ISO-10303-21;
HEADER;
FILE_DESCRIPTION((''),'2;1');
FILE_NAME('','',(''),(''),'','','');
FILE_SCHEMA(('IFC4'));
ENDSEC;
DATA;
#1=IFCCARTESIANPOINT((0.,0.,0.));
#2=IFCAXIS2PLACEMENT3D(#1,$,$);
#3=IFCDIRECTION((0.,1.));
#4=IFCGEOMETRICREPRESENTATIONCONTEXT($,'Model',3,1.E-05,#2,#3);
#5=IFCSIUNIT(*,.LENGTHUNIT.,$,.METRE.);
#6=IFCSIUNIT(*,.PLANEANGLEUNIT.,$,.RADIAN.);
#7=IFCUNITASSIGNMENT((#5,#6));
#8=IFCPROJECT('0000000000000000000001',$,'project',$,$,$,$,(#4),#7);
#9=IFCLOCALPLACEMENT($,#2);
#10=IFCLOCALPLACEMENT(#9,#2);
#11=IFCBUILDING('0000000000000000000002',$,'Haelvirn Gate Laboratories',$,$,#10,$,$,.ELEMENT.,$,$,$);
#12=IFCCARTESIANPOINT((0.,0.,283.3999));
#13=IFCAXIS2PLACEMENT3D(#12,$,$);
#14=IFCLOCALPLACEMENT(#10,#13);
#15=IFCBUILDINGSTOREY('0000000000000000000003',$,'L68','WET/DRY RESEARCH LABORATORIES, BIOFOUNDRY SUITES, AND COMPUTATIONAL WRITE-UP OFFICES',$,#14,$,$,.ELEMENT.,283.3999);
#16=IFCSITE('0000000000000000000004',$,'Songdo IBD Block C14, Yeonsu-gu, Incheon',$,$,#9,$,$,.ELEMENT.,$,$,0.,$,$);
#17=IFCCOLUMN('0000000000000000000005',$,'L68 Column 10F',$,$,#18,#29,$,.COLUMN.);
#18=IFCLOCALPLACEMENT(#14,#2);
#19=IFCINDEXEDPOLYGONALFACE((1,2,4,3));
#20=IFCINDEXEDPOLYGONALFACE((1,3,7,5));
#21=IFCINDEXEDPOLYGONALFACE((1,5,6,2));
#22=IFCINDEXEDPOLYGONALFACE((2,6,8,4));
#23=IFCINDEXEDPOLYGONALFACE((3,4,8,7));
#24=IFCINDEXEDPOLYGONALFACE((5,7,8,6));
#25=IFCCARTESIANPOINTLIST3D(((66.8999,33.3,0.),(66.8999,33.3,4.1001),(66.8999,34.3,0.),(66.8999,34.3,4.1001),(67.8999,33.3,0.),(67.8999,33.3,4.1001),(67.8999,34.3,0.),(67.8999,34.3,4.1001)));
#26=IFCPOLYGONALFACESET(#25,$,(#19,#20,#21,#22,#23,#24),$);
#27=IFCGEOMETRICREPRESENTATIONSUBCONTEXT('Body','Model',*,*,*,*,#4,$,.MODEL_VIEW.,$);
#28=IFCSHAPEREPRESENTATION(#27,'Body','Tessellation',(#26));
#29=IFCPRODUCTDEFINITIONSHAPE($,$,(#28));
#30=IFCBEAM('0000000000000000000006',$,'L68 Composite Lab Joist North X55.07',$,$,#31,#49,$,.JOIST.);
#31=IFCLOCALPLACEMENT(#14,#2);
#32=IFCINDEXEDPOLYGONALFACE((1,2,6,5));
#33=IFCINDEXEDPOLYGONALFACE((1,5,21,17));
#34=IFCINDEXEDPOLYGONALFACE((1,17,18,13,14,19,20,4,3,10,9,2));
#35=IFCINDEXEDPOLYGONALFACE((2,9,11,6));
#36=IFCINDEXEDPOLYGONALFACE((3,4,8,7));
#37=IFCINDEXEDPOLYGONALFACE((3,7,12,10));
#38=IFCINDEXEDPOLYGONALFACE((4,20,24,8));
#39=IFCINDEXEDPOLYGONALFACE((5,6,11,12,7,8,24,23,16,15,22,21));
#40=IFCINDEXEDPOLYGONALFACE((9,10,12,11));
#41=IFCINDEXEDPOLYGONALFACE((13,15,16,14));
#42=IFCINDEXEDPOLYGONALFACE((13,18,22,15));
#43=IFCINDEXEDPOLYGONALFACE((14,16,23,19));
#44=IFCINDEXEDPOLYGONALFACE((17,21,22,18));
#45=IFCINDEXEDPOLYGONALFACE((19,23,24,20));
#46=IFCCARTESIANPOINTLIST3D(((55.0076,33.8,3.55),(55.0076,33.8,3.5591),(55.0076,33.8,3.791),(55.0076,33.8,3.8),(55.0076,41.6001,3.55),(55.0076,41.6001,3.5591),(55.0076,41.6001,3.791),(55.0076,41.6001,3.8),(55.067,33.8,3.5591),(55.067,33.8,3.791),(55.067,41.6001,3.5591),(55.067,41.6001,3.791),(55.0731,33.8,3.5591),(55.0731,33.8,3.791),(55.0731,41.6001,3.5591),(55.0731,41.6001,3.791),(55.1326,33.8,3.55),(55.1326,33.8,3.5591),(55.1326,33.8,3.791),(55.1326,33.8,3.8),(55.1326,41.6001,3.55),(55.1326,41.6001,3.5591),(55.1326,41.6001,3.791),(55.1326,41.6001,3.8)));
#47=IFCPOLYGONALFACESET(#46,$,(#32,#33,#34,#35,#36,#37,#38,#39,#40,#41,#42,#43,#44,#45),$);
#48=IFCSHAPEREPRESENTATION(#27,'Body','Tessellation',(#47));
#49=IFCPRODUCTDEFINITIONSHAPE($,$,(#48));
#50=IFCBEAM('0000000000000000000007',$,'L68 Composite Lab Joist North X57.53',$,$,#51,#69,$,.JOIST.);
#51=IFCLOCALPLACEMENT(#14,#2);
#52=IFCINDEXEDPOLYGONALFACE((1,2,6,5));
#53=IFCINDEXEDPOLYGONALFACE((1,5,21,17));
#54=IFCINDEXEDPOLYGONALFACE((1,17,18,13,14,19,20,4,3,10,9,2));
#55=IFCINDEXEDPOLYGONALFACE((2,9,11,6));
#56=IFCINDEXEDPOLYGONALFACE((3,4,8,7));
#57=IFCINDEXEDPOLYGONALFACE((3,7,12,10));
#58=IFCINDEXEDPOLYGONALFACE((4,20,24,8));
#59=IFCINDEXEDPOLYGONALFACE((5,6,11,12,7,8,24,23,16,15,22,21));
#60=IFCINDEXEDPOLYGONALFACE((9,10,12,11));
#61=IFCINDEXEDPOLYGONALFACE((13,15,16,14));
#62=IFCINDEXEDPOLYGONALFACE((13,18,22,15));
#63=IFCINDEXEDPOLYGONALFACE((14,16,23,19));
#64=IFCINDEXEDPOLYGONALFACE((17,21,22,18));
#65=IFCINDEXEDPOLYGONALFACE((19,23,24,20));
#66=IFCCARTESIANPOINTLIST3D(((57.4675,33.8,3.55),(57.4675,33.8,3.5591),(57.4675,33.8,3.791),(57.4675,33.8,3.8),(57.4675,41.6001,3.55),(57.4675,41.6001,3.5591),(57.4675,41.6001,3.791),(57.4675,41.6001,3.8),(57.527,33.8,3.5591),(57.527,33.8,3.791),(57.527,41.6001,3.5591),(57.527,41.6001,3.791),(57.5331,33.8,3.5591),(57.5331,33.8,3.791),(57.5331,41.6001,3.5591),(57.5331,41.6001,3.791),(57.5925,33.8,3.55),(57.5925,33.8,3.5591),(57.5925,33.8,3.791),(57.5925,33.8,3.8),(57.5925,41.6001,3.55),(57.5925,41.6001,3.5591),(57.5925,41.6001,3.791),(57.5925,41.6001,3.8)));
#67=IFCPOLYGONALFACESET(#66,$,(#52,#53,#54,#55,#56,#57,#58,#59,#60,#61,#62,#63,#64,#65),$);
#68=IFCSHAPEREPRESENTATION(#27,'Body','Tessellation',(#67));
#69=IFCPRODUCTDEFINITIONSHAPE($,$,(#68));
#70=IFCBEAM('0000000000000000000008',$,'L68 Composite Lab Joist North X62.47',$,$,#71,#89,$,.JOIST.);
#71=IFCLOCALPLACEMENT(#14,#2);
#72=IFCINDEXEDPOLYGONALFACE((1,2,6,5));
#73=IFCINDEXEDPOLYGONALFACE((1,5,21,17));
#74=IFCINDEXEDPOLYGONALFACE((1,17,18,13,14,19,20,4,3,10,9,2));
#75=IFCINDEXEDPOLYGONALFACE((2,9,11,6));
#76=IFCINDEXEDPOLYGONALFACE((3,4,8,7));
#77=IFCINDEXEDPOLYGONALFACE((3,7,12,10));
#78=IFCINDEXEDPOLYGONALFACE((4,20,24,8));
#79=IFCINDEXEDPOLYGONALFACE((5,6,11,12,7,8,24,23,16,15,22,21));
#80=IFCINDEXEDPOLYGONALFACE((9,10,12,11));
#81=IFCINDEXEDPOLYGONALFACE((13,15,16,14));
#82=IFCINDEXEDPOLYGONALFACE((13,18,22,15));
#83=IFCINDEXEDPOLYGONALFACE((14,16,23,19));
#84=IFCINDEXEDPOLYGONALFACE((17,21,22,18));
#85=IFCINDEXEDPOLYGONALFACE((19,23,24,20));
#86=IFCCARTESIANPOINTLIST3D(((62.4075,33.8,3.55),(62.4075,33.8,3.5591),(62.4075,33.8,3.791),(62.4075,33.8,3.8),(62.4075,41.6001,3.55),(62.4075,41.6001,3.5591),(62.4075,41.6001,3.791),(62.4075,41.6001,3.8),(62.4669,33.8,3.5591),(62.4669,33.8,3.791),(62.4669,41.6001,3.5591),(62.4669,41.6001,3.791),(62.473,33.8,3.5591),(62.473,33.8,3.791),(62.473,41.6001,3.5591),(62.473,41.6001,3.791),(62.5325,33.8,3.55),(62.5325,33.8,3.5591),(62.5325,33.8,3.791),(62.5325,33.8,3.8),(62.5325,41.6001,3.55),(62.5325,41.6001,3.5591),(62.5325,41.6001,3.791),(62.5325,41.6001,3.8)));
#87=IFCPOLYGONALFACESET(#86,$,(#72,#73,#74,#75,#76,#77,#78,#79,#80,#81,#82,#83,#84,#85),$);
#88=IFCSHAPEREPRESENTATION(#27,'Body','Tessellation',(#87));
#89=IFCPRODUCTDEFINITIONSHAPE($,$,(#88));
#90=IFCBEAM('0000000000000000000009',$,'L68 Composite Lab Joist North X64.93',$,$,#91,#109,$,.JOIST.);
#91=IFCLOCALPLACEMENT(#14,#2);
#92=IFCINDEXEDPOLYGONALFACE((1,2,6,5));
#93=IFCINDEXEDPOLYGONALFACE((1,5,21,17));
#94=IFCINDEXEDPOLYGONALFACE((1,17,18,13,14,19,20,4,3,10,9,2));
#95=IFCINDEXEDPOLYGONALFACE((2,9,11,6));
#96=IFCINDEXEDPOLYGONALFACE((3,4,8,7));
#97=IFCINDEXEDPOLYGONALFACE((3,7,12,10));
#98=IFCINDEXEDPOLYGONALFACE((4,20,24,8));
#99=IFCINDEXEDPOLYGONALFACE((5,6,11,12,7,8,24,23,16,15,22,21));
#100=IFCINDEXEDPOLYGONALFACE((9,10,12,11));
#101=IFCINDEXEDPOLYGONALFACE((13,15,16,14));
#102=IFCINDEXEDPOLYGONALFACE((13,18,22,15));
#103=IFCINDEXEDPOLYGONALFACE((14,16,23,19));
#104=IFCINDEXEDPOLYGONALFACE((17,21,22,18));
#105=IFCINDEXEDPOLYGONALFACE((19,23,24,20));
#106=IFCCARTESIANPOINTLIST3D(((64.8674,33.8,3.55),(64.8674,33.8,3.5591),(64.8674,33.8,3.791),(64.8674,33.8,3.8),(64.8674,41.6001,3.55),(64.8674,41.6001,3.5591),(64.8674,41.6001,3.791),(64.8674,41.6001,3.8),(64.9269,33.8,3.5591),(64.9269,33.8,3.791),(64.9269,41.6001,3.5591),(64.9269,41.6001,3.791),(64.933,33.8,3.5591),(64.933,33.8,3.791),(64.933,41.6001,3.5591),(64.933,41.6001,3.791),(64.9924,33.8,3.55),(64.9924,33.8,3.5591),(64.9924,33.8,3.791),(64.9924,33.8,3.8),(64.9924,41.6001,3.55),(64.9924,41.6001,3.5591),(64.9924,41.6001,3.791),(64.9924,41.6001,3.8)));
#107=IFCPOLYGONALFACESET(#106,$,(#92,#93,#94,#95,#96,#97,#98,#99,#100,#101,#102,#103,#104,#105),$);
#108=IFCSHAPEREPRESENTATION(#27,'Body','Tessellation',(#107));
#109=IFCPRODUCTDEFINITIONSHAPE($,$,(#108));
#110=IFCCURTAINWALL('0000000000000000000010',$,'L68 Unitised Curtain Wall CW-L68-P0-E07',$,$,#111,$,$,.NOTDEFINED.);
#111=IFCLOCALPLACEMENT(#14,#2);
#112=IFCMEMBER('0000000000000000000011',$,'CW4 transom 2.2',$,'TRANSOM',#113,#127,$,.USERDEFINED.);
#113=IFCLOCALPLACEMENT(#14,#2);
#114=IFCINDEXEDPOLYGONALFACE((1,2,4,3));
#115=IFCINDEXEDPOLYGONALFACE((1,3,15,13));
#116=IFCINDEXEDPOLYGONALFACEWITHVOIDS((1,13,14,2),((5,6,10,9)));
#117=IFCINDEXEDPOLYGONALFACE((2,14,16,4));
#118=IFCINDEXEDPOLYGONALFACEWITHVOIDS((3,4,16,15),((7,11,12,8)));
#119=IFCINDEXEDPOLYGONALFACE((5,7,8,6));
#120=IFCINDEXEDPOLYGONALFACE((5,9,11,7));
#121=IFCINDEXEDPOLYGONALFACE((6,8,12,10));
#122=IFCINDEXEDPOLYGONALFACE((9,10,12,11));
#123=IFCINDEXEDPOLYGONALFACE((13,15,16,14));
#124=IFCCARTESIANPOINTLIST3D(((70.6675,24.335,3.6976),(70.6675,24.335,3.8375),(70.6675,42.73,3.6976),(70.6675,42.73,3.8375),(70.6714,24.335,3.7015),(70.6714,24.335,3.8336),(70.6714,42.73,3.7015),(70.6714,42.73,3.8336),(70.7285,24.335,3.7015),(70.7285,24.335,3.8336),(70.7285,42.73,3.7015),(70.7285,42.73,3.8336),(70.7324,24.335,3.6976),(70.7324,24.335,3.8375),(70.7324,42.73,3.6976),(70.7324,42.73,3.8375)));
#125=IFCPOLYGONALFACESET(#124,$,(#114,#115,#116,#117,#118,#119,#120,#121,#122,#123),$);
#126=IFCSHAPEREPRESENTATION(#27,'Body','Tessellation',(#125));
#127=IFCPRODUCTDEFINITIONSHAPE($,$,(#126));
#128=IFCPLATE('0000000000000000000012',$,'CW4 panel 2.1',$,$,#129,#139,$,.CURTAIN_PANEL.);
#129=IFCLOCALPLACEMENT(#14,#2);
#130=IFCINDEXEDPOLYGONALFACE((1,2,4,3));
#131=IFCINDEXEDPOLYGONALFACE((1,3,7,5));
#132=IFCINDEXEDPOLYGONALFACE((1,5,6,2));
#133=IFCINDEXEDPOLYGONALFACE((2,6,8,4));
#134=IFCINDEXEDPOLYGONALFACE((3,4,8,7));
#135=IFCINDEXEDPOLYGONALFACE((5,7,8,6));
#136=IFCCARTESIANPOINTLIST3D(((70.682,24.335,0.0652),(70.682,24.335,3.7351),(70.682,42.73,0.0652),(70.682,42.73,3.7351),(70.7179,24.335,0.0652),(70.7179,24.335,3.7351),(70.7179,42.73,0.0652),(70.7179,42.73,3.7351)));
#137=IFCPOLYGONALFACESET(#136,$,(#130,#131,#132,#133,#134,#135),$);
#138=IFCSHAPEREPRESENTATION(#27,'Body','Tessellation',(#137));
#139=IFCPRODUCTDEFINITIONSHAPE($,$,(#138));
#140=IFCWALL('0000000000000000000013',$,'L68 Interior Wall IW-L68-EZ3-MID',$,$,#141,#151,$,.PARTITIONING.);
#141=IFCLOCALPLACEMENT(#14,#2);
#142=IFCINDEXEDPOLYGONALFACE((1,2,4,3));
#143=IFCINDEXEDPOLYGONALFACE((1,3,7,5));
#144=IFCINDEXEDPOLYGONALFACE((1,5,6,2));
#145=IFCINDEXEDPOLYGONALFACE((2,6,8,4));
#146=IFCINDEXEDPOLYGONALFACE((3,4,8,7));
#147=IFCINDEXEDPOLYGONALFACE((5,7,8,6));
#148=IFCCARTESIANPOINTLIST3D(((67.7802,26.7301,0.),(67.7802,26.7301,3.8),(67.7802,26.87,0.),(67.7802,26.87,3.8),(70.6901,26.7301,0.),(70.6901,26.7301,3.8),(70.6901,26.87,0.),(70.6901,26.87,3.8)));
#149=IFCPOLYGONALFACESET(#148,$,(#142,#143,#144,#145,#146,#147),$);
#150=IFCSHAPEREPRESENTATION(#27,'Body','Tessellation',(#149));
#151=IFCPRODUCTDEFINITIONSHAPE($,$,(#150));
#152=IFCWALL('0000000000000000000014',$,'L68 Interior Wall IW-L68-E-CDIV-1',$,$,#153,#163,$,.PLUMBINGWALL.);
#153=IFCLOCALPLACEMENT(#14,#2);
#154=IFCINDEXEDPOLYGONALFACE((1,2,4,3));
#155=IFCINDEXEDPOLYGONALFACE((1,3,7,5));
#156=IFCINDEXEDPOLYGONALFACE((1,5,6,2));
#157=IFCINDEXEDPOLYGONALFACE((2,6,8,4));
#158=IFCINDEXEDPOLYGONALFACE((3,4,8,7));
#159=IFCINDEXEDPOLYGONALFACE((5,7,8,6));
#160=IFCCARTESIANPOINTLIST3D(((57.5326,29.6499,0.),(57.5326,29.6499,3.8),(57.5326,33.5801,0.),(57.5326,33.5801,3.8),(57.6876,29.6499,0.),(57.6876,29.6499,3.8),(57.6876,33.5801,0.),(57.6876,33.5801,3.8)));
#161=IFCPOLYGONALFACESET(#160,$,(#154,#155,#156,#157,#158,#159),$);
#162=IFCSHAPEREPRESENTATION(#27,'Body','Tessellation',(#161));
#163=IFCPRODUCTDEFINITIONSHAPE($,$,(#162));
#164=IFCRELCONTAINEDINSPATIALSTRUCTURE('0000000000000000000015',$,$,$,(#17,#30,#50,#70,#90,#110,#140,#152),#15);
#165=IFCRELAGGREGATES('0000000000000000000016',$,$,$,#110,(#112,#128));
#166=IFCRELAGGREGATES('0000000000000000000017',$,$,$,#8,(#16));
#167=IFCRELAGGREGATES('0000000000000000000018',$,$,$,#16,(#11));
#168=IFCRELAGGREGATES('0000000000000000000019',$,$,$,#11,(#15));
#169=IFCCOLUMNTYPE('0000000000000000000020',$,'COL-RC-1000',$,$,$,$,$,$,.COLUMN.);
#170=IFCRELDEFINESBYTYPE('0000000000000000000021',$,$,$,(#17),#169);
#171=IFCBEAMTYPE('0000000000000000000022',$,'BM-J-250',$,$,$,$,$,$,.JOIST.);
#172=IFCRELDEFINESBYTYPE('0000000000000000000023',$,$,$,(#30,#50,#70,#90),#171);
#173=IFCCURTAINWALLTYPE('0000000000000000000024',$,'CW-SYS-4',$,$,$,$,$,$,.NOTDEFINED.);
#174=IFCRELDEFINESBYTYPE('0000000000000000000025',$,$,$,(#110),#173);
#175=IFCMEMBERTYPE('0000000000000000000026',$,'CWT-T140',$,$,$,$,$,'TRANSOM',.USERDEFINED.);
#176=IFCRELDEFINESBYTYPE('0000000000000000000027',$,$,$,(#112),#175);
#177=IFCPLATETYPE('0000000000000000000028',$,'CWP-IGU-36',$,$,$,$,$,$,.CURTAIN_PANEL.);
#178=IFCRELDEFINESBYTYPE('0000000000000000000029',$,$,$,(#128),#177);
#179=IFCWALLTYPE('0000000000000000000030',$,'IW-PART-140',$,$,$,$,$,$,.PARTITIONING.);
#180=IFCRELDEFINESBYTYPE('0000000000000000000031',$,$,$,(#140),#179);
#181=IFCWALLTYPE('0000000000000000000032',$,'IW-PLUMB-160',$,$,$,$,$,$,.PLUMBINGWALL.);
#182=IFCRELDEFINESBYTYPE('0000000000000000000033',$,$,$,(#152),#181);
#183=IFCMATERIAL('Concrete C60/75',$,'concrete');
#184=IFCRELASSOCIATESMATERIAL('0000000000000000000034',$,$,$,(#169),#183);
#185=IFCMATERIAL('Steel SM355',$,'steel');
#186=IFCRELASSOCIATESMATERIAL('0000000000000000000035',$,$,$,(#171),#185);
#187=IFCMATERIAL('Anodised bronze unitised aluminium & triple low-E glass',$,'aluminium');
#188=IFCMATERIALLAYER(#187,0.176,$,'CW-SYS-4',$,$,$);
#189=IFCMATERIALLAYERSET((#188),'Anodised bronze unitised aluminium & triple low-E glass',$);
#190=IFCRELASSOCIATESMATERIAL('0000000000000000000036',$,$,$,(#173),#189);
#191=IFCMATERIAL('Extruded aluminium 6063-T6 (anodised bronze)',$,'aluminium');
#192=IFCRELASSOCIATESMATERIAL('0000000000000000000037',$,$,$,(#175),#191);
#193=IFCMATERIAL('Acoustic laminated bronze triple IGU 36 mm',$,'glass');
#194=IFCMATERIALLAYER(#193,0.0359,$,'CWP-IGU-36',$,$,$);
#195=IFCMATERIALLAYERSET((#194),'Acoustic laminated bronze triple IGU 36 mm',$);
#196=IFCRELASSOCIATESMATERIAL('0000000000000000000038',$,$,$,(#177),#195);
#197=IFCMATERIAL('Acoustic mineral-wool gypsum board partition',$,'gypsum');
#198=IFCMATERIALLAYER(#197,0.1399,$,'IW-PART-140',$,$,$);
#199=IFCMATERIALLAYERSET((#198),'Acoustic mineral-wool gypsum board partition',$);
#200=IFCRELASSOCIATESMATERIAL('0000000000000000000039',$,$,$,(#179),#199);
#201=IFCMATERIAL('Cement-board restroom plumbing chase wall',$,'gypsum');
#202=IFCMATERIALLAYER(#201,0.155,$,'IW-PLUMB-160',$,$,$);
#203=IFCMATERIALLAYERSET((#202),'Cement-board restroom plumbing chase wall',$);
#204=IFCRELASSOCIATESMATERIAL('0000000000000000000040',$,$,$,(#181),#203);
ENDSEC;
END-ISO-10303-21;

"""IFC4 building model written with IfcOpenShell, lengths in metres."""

from ifc_helpers import new_model, si_unit, direction, frame, frame_2d, origin, origin_2d, place, context, subcontext, project, spatial, rectangle, hollow_rectangle, i_section, extrude, source, transform, mapped, material, layer, layer_set, material_profile, profile_set, type_object, type_shapes, element, aggregate, save


model = new_model("IFC4")

# Units and contexts
model_context = context("Model", 3, precision=1e-05, world=origin(), true_north=direction((0.0, 1.0)))
body_context = subcontext(model_context, "Body", "Model", "MODEL_VIEW")
ifc_project = project(units=[si_unit("LENGTHUNIT", "METRE"), si_unit("PLANEANGLEUNIT", "RADIAN")], contexts=[model_context])

# Site, building, storey
site_placement = place(None, origin())
site = spatial("IfcSite", under=ifc_project, at=site_placement, Name="Songdo IBD Block C14, Yeonsu-gu, Incheon", CompositionType="ELEMENT", RefElevation=0.0)
building_placement = place(site_placement, origin())
building = spatial("IfcBuilding", under=site, at=building_placement, Name="Haelvirn Gate Laboratories", CompositionType="ELEMENT")
storey_placement = place(building_placement, frame((0.0, 0.0, 283.3999)))
storey = spatial("IfcBuildingStorey", under=building, at=storey_placement, Name="L68", Description="WET/DRY RESEARCH LABORATORIES, BIOFOUNDRY SUITES, AND COMPUTATIONAL WRITE-UP OFFICES", CompositionType="ELEMENT", Elevation=283.3999)

# Column
ifc_material_1 = material(Name="Concrete C60/75", Category="concrete")
ifc_material_profile_1 = material_profile(ifc_material_1, rectangle(XDim=1.0, YDim=1.0, at=origin_2d()), Name="RC-1000x1000")
ifc_profile_set_1 = profile_set([ifc_material_profile_1], Name="Concrete C60/75")
column_type = type_object("IfcColumnType", Name="COL-RC-1000", PredefinedType="COLUMN", material=ifc_profile_set_1)
shared_shape_1 = source(origin(), body_context, "Body", "SweptSolid", [
    extrude(rectangle(XDim=1.0, YDim=1.0, at=origin_2d()), origin(), (0.0, 0.0, 1.0), 4.1001),
])
type_shapes(column_type, [shared_shape_1])
column_placement = place(storey_placement, frame((67.3999, 33.8, 0.0), z_axis=(0.0, 0.0, 1.0), x_axis=(1.0, 0.0, 0.0)))
element("IfcColumn", 1, at=column_placement, inside=storey, type_object=column_type, Name="L68 Column 10F", PredefinedType="COLUMN", context=body_context, shape_type="MappedRepresentation", body=[
    mapped(shared_shape_1, transform((0.0, 0.0, 0.0), scale=1.0)),
])

# Beams
ifc_material_2 = material(Name="Steel SM355", Category="steel")
ifc_material_profile_2 = material_profile(ifc_material_2, i_section(OverallWidth=0.125, OverallDepth=0.25, WebThickness=0.0061, FlangeThickness=0.009, at=origin_2d()), Name="H-250x125x6x9")
ifc_profile_set_2 = profile_set([ifc_material_profile_2], Name="Steel SM355")
beam_type = type_object("IfcBeamType", Name="BM-J-250", PredefinedType="JOIST", material=ifc_profile_set_2)
shared_shape_2 = source(origin(), body_context, "Body", "SweptSolid", [
    extrude(i_section(OverallWidth=0.125, OverallDepth=0.25, WebThickness=0.0061, FlangeThickness=0.009, at=origin_2d()), origin(), (0.0, 0.0, 1.0), 7.8),
])
type_shapes(beam_type, [shared_shape_2])
for number, where, z_axis, x_axis, name in (
    (2, (55.0701, 33.8, 3.675), (0.0, 1.0, 0.0), (-1.0, 0.0, 0.0), "L68 Composite Lab Joist North X55.07"),
    (3, (57.53, 33.8, 3.675), (0.0, 1.0, 0.0), (-1.0, 0.0, 0.0), "L68 Composite Lab Joist North X57.53"),
    (4, (62.47, 33.8, 3.675), (0.0, 1.0, 0.0), (-1.0, 0.0, 0.0), "L68 Composite Lab Joist North X62.47"),
    (5, (64.9299, 33.8, 3.675), (0.0, 1.0, 0.0), (-1.0, 0.0, 0.0), "L68 Composite Lab Joist North X64.93"),
):
    element("IfcBeam", number, at=place(storey_placement, frame(where, z_axis=z_axis, x_axis=x_axis)), inside=storey, type_object=beam_type, Name=name, PredefinedType="JOIST", context=body_context, shape_type="MappedRepresentation", body=[
        mapped(shared_shape_2, transform((0.0, 0.0, 0.0), scale=1.0)),
    ])

# Curtain wall, member, plate
ifc_material_3 = material(Name="Anodised bronze unitised aluminium & triple low-E glass", Category="aluminium")
ifc_layer_1 = layer(ifc_material_3, 0.176, Name="CW-SYS-4")
ifc_layer_set_1 = layer_set([ifc_layer_1], Name="Anodised bronze unitised aluminium & triple low-E glass")
curtain_wall_type = type_object("IfcCurtainWallType", Name="CW-SYS-4", PredefinedType="NOTDEFINED", material=ifc_layer_set_1)
curtain_wall_placement = place(storey_placement, origin())
curtain_wall = element("IfcCurtainWall", 6, at=curtain_wall_placement, inside=storey, type_object=curtain_wall_type, Name="L68 Unitised Curtain Wall CW-L68-P0-E07", PredefinedType="NOTDEFINED")
ifc_material_4 = material(Name="Extruded aluminium 6063-T6 (anodised bronze)", Category="aluminium")
ifc_material_profile_3 = material_profile(ifc_material_4, hollow_rectangle(XDim=0.0649, YDim=0.1399, WallThickness=0.0039, at=origin_2d()), Name="CWT-140x65x4")
ifc_profile_set_3 = profile_set([ifc_material_profile_3], Name="Extruded aluminium 6063-T6 (anodised bronze)")
member_type = type_object("IfcMemberType", Name="CWT-T140", ElementType="TRANSOM", PredefinedType="USERDEFINED", material=ifc_profile_set_3)
shared_shape_3 = source(origin(), body_context, "Body", "SweptSolid", [
    extrude(hollow_rectangle(XDim=0.0649, YDim=0.1399, WallThickness=0.0039, at=origin_2d()), origin(), (0.0, 0.0, 1.0), 18.395),
])
type_shapes(member_type, [shared_shape_3])
member_placement = place(storey_placement, frame((70.7, 24.335, 3.7676), z_axis=(0.0, 1.0, 0.0), x_axis=(-1.0, 0.0, 0.0)))
member = element("IfcMember", 7, at=member_placement, type_object=member_type, Name="CW4 transom 2.2", ObjectType="TRANSOM", PredefinedType="USERDEFINED", context=body_context, shape_type="MappedRepresentation", body=[
    mapped(shared_shape_3, transform((0.0, 0.0, 0.0), scale=1.0)),
])
ifc_material_5 = material(Name="Acoustic laminated bronze triple IGU 36 mm", Category="glass")
ifc_layer_2 = layer(ifc_material_5, 0.0359, Name="CWP-IGU-36")
ifc_layer_set_2 = layer_set([ifc_layer_2], Name="Acoustic laminated bronze triple IGU 36 mm")
plate_type = type_object("IfcPlateType", Name="CWP-IGU-36", PredefinedType="CURTAIN_PANEL", material=ifc_layer_set_2)
shared_shape_4 = source(origin(), body_context, "Body", "SweptSolid", [
    extrude(rectangle(XDim=18.395, YDim=0.0359, at=origin_2d()), origin(), (0.0, 0.0, 1.0), 3.6699),
])
type_shapes(plate_type, [shared_shape_4])
plate_placement = place(storey_placement, frame((70.7, 33.5325, 0.0652), z_axis=(0.0, 0.0, 1.0), x_axis=(0.0, 1.0, 0.0)))
plate = element("IfcPlate", 8, at=plate_placement, type_object=plate_type, Name="CW4 panel 2.1", PredefinedType="CURTAIN_PANEL", context=body_context, shape_type="MappedRepresentation", body=[
    mapped(shared_shape_4, transform((0.0, 0.0, 0.0), scale=1.0)),
])
aggregate(curtain_wall, [member, plate])

# Walls
ifc_material_6 = material(Name="Acoustic mineral-wool gypsum board partition", Category="gypsum")
ifc_layer_3 = layer(ifc_material_6, 0.1399, Name="IW-PART-140")
ifc_layer_set_3 = layer_set([ifc_layer_3], Name="Acoustic mineral-wool gypsum board partition")
wall_type_1 = type_object("IfcWallType", Name="IW-PART-140", PredefinedType="PARTITIONING", material=ifc_layer_set_3)
wall_1_placement = place(storey_placement, frame((67.78, 26.8, 0.0), z_axis=(0.0, 0.0, 1.0), x_axis=(1.0, 0.0, 0.0)))
element("IfcWall", 9, at=wall_1_placement, inside=storey, type_object=wall_type_1, Name="L68 Interior Wall IW-L68-EZ3-MID", PredefinedType="PARTITIONING", context=body_context, shape_type="SweptSolid", body=[
    extrude(rectangle(XDim=2.9099, YDim=0.1399, at=frame_2d((1.4551, 0.0))), origin(), (0.0, 0.0, 1.0), 3.8),
])
ifc_material_7 = material(Name="Cement-board restroom plumbing chase wall", Category="gypsum")
ifc_layer_4 = layer(ifc_material_7, 0.155, Name="IW-PLUMB-160")
ifc_layer_set_4 = layer_set([ifc_layer_4], Name="Cement-board restroom plumbing chase wall")
wall_type_2 = type_object("IfcWallType", Name="IW-PLUMB-160", PredefinedType="PLUMBINGWALL", material=ifc_layer_set_4)
wall_2_placement = place(storey_placement, frame((57.6101, 29.6499, 0.0), z_axis=(0.0, 0.0, 1.0), x_axis=(0.0, 1.0, 0.0)))
element("IfcWall", 10, at=wall_2_placement, inside=storey, type_object=wall_type_2, Name="L68 Interior Wall IW-L68-E-CDIV-1", PredefinedType="PLUMBINGWALL", context=body_context, shape_type="SweptSolid", body=[
    extrude(rectangle(XDim=3.9302, YDim=0.155, at=frame_2d((1.9651, 0.0))), origin(), (0.0, 0.0, 1.0), 3.8),
])

save(model, "model.ifc")
